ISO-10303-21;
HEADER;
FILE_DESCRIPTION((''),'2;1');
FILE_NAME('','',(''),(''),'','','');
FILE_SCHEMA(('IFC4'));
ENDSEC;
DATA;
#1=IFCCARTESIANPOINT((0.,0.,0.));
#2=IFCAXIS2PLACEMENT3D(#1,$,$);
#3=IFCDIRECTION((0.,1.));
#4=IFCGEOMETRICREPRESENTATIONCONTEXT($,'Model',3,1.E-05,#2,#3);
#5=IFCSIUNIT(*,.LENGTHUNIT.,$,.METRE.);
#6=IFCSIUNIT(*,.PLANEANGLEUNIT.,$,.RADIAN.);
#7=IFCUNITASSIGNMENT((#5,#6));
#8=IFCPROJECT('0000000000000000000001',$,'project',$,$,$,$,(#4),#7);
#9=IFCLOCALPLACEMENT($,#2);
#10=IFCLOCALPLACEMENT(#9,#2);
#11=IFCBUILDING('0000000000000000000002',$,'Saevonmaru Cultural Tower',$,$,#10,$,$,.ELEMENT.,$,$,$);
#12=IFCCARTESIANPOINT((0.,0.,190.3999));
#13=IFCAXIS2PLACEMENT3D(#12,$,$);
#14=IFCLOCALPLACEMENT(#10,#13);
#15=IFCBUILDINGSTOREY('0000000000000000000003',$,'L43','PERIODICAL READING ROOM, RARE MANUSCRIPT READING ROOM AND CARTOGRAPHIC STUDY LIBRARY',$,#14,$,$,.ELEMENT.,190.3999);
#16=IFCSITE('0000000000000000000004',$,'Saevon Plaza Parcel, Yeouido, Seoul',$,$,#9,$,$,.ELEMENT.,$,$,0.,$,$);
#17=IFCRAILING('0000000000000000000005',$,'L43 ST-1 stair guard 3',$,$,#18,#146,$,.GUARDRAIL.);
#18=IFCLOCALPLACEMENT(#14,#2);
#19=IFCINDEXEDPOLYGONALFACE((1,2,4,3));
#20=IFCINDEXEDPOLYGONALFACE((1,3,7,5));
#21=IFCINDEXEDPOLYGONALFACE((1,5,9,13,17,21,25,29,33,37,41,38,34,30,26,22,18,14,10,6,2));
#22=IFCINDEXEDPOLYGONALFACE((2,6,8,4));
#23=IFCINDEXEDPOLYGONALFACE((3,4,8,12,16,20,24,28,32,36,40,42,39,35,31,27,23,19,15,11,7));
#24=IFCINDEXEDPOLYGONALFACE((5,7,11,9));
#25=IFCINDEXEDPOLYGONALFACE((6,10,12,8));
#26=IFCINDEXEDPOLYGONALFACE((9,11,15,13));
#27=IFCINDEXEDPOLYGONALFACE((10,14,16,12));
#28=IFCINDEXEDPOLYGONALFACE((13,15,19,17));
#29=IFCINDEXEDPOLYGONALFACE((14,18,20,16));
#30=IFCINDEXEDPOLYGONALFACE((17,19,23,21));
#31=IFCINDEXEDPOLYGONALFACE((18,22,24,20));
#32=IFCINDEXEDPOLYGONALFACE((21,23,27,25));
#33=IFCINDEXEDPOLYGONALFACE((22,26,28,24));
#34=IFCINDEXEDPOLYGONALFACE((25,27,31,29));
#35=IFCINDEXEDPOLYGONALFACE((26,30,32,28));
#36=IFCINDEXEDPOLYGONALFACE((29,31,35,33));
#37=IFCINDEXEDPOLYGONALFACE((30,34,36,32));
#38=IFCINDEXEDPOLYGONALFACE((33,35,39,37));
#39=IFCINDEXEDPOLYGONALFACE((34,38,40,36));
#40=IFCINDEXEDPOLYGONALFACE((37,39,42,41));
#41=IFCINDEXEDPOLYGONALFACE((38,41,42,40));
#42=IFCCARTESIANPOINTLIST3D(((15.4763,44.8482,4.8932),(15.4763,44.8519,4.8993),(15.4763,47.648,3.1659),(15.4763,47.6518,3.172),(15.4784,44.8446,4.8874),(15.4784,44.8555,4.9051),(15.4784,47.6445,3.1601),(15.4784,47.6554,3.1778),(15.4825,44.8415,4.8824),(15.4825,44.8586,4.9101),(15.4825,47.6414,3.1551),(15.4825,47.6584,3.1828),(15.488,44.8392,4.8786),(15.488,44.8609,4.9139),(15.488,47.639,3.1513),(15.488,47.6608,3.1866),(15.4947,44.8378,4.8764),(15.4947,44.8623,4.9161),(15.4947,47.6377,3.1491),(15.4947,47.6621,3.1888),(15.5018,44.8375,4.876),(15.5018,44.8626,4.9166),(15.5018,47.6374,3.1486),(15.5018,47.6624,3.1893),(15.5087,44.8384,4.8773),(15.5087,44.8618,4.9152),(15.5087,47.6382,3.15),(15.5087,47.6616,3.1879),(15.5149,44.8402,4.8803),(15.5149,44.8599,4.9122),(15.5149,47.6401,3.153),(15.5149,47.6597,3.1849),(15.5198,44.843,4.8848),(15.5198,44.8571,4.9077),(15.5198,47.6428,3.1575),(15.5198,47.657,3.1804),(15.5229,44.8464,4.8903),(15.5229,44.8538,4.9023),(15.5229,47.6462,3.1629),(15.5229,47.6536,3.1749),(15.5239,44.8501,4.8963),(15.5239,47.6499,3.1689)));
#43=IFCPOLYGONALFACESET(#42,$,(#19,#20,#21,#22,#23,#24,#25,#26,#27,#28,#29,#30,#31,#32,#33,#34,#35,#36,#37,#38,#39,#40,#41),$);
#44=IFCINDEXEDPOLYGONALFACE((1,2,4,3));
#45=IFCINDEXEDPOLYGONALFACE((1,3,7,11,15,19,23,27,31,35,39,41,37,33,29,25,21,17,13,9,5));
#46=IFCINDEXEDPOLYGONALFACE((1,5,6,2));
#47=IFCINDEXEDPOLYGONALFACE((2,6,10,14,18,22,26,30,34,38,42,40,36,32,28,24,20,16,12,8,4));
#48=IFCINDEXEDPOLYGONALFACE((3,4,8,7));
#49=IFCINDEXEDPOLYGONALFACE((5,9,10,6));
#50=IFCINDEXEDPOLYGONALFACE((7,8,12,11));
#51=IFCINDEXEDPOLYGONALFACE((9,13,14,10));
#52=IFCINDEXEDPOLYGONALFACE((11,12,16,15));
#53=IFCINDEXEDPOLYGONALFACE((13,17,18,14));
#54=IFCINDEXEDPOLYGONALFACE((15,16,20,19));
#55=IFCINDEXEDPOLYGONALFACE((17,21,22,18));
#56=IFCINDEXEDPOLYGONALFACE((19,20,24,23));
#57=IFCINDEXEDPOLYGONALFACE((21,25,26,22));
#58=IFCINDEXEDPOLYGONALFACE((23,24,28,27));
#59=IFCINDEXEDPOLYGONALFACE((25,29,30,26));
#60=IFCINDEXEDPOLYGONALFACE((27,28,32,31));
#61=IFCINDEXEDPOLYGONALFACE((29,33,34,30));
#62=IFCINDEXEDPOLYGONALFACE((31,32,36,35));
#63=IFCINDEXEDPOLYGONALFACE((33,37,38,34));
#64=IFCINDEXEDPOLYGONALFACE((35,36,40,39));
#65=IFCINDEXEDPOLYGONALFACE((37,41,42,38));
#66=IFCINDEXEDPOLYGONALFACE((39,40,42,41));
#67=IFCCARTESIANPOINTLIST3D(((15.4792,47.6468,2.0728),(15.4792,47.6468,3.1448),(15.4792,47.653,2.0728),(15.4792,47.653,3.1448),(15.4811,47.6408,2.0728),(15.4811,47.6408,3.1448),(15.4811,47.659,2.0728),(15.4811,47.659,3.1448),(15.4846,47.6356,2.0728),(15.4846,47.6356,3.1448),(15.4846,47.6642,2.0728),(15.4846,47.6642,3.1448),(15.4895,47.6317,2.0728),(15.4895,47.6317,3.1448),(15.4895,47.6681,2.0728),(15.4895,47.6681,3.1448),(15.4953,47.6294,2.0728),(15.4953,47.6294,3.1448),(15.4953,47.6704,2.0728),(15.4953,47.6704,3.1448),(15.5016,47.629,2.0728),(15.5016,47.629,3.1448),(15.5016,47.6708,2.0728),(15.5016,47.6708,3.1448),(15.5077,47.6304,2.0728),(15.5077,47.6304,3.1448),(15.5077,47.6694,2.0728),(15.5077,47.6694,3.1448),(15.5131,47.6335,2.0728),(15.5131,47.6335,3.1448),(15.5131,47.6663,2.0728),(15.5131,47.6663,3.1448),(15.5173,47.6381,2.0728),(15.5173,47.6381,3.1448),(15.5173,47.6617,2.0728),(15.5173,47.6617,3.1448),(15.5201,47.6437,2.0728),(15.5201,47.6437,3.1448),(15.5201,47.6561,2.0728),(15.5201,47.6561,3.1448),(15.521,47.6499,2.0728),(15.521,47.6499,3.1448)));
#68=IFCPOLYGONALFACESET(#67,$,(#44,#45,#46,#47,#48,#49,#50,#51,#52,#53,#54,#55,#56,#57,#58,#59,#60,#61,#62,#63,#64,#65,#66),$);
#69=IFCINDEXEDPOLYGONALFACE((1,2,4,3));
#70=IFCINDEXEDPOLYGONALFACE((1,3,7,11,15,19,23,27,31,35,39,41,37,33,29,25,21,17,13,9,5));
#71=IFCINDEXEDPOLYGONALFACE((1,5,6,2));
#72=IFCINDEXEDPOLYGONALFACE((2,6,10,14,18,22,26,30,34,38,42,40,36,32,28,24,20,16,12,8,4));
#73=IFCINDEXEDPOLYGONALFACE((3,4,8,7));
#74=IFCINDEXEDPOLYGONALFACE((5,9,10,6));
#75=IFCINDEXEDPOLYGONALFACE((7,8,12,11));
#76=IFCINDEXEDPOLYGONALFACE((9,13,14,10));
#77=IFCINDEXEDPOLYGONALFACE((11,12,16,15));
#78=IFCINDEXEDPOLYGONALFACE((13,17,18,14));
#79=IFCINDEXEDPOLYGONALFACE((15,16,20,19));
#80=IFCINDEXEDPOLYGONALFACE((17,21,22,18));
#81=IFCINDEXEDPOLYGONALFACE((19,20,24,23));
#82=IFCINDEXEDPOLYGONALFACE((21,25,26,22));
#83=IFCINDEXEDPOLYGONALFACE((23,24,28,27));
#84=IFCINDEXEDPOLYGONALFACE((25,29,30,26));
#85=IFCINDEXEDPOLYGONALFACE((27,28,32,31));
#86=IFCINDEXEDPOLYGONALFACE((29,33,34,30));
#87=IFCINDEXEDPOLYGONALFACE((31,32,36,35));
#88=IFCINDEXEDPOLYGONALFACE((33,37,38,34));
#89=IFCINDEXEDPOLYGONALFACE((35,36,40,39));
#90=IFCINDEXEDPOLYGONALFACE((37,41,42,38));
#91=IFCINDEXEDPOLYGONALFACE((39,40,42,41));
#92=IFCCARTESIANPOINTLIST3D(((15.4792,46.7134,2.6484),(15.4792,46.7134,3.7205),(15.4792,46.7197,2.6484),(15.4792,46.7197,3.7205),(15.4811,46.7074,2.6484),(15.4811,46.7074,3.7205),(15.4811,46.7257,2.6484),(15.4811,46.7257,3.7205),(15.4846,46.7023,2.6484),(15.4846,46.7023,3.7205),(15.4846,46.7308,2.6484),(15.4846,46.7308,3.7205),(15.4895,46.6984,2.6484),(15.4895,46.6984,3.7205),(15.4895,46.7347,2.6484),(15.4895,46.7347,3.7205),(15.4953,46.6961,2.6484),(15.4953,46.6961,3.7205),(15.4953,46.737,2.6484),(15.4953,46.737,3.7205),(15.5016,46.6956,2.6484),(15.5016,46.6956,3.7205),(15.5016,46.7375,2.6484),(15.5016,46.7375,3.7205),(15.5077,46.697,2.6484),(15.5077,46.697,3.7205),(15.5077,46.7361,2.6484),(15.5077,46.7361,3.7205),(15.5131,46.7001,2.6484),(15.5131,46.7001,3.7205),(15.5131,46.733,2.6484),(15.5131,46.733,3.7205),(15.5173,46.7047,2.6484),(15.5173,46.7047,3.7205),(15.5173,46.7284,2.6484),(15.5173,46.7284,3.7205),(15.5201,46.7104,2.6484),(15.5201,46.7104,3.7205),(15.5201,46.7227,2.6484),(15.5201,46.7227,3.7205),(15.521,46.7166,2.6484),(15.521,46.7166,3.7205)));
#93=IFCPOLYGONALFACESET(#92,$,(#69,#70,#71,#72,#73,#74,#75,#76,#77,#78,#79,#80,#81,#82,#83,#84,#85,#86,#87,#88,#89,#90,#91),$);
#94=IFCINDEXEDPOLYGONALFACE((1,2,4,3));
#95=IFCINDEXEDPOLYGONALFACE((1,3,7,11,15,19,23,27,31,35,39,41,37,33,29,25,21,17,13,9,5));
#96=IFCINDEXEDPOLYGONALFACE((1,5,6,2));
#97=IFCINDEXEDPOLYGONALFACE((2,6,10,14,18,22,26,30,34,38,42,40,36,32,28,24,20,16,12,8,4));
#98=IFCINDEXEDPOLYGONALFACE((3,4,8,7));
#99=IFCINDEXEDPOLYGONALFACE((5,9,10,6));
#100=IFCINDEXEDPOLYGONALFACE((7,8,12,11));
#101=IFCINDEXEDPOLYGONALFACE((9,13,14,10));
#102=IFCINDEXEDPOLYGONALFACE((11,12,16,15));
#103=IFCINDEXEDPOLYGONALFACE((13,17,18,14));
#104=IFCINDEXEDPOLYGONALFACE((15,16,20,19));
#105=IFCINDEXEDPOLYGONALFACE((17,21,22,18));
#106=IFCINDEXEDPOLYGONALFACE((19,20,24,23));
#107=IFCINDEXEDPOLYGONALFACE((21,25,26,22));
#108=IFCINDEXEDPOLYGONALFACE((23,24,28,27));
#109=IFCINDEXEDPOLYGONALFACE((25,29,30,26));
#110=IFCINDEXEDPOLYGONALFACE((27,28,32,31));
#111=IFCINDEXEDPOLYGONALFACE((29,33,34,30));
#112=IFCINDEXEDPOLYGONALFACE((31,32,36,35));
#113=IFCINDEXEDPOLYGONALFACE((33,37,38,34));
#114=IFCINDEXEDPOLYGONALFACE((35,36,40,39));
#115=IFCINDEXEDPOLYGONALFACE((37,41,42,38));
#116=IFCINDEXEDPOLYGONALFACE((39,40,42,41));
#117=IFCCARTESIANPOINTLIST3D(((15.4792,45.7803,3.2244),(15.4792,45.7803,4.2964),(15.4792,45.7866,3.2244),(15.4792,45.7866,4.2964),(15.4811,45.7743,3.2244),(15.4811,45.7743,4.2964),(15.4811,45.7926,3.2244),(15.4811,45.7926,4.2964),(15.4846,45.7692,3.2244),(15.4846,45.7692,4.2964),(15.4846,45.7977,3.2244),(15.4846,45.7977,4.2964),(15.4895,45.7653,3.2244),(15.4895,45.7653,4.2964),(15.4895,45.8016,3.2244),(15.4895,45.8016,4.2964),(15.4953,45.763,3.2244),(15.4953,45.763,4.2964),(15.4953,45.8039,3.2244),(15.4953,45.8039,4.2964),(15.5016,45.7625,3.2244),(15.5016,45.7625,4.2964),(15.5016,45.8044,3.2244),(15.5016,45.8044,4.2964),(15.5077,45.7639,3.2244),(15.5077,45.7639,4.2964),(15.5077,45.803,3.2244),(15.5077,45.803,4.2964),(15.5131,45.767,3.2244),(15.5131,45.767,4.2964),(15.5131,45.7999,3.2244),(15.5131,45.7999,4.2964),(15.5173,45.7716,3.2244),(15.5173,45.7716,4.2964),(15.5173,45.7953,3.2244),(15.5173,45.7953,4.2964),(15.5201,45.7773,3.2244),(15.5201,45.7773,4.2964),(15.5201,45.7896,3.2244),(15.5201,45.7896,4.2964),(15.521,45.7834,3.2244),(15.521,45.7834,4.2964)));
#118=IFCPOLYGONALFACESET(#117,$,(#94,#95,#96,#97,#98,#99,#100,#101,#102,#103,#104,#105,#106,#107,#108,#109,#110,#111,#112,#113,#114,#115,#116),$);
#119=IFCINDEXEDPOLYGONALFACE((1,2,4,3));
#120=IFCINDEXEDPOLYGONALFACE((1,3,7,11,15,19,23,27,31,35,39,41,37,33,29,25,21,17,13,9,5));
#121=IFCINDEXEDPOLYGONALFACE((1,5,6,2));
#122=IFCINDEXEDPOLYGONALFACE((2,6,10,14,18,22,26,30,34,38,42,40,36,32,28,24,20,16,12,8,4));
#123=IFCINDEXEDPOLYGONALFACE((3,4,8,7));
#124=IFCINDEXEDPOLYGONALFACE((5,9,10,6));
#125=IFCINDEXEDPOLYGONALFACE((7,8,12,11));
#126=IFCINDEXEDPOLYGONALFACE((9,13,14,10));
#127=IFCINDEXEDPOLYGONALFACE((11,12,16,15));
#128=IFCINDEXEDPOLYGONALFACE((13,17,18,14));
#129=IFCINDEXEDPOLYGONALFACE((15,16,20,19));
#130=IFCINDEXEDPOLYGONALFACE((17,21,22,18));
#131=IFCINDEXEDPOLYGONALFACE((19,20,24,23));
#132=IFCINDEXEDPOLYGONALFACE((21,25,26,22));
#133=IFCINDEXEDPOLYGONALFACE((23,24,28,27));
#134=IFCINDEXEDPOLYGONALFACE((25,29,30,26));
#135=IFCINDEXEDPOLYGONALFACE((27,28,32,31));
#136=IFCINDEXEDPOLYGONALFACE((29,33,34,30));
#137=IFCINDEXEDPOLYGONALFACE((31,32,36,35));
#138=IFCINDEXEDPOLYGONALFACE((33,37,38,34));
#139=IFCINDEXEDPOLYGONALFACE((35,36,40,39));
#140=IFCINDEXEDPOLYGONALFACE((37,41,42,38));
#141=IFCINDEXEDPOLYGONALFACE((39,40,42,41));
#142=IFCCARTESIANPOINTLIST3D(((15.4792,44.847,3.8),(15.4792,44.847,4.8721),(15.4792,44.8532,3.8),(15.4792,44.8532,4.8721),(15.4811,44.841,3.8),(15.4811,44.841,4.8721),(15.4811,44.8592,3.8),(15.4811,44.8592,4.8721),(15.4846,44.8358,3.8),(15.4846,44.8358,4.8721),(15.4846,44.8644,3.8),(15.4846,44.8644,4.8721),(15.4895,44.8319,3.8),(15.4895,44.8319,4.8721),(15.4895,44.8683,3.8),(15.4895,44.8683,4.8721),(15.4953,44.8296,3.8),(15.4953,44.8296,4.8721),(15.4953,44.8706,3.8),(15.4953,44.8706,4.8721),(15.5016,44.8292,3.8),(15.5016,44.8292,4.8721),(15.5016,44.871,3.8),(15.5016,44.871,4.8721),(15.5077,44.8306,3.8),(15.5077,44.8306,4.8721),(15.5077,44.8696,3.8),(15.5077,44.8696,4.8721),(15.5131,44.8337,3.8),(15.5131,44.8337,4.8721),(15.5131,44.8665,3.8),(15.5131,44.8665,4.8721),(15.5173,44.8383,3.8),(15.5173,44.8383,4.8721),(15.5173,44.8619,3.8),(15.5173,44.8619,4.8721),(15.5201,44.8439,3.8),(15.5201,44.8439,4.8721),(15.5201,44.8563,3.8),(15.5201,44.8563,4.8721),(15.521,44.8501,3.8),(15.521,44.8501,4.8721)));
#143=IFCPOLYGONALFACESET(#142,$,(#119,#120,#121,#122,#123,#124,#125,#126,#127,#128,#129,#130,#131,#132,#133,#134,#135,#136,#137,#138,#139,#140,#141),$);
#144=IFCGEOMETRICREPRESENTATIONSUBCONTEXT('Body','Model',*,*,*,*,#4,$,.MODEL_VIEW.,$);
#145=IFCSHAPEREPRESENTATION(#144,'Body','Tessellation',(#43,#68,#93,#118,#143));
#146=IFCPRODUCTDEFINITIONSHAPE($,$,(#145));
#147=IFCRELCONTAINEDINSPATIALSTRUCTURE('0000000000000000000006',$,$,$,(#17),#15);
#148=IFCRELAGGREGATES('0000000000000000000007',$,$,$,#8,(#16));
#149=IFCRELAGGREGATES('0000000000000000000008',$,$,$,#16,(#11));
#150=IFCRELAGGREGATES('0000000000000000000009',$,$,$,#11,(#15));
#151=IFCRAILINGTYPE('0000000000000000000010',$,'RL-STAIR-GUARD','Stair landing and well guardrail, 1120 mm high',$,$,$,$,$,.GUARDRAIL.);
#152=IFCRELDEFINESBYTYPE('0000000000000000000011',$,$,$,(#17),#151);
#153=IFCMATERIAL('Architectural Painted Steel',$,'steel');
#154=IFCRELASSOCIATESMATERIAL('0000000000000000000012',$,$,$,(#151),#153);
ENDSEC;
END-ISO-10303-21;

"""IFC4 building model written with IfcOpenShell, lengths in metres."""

from ifc_helpers import new_model, si_unit, direction, frame, origin, origin_2d, place, context, subcontext, project, spatial, circle, extrude, material, type_object, element, save


model = new_model("IFC4")

# Units and contexts
model_context = context("Model", 3, precision=1e-05, world=origin(), true_north=direction((0.0, 1.0)))
body_context = subcontext(model_context, "Body", "Model", "MODEL_VIEW")
ifc_project = project(units=[si_unit("LENGTHUNIT", "METRE"), si_unit("PLANEANGLEUNIT", "RADIAN")], contexts=[model_context])

# Site, building, storey
site_placement = place(None, origin())
site = spatial("IfcSite", under=ifc_project, at=site_placement, Name="Saevon Plaza Parcel, Yeouido, Seoul", CompositionType="ELEMENT", RefElevation=0.0)
building_placement = place(site_placement, origin())
building = spatial("IfcBuilding", under=site, at=building_placement, Name="Saevonmaru Cultural Tower", CompositionType="ELEMENT")
storey_placement = place(building_placement, frame((0.0, 0.0, 190.3999)))
storey = spatial("IfcBuildingStorey", under=building, at=storey_placement, Name="L43", Description="PERIODICAL READING ROOM, RARE MANUSCRIPT READING ROOM AND CARTOGRAPHIC STUDY LIBRARY", CompositionType="ELEMENT", Elevation=190.3999)

# Railing
ifc_material_1 = material(Name="Architectural Painted Steel", Category="steel")
railing_type_1 = type_object("IfcRailingType", Name="RL-STAIR-GUARD", Description="Stair landing and well guardrail, 1120 mm high", PredefinedType="GUARDRAIL", material=ifc_material_1)
railing_1_placement = place(storey_placement, frame((15.5, 47.6499, 2.0728)))
element("IfcRailing", 1, at=railing_1_placement, inside=storey, type_object=railing_type_1, Name="L43 ST-1 stair guard 3", PredefinedType="GUARDRAIL", context=body_context, shape_type="SweptSolid", body=[
    extrude(circle(Radius=0.0239, at=origin_2d()), frame((0.0, 0.0, 1.0962), z_axis=(0.0, -0.851069, 0.525054), x_axis=(1.0, 0.0, 0.0)), (0.0, 0.0, 1.0), 3.2898),
    extrude(circle(Radius=0.021, at=origin_2d()), origin(), (0.0, 0.0, 1.0), 1.072),
    extrude(circle(Radius=0.021, at=origin_2d()), frame((0.0, -0.9333, 0.5757)), (0.0, 0.0, 1.0), 1.072),
    extrude(circle(Radius=0.021, at=origin_2d()), frame((0.0, -1.8665, 1.1516)), (0.0, 0.0, 1.0), 1.072),
    extrude(circle(Radius=0.021, at=origin_2d()), frame((0.0, -2.7998, 1.7273)), (0.0, 0.0, 1.0), 1.072),
])

save(model, "model.ifc")
